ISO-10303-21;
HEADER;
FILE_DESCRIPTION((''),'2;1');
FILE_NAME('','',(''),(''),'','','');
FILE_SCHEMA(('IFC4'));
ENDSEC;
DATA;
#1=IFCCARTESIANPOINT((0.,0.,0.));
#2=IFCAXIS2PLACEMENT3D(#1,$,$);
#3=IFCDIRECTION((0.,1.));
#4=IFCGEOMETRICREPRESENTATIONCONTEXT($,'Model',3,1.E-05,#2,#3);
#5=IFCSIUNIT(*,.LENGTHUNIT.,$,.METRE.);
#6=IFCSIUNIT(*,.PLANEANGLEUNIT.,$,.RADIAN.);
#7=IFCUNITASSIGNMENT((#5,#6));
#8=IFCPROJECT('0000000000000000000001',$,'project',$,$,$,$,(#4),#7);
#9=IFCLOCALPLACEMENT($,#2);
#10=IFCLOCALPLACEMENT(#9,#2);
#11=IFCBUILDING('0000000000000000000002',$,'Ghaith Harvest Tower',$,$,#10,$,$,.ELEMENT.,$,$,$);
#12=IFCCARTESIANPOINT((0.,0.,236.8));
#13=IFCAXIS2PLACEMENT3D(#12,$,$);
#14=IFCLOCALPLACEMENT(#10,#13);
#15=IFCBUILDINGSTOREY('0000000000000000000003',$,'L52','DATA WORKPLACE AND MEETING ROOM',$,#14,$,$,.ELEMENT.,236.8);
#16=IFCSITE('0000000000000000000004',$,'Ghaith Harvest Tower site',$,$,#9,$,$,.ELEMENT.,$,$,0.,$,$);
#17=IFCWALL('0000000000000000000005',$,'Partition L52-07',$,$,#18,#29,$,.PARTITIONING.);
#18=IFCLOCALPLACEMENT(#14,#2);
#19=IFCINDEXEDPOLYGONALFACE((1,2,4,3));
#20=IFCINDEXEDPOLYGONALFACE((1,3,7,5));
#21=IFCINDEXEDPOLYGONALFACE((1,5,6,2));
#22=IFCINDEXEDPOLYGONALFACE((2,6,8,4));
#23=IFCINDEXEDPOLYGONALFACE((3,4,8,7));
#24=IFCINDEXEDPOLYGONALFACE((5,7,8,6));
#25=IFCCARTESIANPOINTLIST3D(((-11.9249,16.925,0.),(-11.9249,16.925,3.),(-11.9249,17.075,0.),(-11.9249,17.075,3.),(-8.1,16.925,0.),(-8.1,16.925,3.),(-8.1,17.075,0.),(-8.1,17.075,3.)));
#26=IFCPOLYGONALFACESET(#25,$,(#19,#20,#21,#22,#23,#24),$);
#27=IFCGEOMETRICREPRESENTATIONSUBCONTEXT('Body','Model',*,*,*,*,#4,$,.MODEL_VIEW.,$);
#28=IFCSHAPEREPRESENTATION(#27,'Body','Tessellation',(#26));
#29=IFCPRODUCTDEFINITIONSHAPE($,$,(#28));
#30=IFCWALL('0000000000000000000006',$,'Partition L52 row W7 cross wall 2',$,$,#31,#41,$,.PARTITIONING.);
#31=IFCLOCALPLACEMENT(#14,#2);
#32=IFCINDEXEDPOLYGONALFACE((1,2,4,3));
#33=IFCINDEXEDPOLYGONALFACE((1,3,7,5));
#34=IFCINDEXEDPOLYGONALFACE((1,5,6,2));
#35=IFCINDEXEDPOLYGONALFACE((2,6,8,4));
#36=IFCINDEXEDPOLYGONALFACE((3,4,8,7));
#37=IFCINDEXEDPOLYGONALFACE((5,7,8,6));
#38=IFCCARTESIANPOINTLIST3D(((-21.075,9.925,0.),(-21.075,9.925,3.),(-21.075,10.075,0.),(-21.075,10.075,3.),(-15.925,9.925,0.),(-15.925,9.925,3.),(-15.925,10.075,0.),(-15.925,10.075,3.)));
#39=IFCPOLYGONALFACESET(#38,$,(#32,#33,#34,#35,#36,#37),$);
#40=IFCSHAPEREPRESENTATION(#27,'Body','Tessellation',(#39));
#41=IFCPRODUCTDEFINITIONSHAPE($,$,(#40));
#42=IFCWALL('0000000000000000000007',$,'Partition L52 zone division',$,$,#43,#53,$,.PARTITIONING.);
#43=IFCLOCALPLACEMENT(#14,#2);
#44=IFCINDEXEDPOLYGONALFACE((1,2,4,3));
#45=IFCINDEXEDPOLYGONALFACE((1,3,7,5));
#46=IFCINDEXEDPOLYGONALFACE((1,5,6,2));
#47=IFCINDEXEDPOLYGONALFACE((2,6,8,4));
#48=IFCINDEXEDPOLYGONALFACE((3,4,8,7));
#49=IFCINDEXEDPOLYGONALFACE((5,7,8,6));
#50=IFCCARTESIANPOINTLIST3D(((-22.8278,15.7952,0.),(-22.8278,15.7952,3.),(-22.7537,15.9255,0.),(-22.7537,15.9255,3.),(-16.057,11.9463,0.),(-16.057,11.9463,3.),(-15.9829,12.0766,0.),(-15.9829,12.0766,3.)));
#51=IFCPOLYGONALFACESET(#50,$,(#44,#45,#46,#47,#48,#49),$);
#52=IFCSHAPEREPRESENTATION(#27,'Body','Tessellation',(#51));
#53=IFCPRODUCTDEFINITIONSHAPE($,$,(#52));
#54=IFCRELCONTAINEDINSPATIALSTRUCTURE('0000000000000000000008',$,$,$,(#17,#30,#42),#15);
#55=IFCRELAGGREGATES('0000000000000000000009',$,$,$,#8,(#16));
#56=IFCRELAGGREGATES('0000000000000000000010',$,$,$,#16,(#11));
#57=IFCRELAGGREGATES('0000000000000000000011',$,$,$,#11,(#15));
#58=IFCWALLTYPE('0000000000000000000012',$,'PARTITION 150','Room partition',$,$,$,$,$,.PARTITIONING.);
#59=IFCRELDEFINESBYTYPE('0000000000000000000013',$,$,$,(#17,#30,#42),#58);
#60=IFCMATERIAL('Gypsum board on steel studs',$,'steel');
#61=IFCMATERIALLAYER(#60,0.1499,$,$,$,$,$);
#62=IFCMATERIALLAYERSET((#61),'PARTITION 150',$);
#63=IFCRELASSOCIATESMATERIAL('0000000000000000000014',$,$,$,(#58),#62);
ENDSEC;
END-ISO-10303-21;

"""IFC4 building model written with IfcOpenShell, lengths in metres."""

from ifc_helpers import new_model, si_unit, direction, frame, frame_2d, origin, place, context, subcontext, project, spatial, rectangle, extrude, material, layer, layer_set, type_object, element, save


model = new_model("IFC4")

# Units and contexts
model_context = context("Model", 3, precision=1e-05, world=origin(), true_north=direction((0.0, 1.0)))
body_context = subcontext(model_context, "Body", "Model", "MODEL_VIEW")
ifc_project = project(units=[si_unit("LENGTHUNIT", "METRE"), si_unit("PLANEANGLEUNIT", "RADIAN")], contexts=[model_context])

# Site, building, storey
site_placement = place(None, origin())
site = spatial("IfcSite", under=ifc_project, at=site_placement, Name="Ghaith Harvest Tower site", CompositionType="ELEMENT", RefElevation=0.0)
building_placement = place(site_placement, origin())
building = spatial("IfcBuilding", under=site, at=building_placement, Name="Ghaith Harvest Tower", CompositionType="ELEMENT")
storey_placement = place(building_placement, frame((0.0, 0.0, 236.8)))
storey = spatial("IfcBuildingStorey", under=building, at=storey_placement, Name="L52", Description="DATA WORKPLACE AND MEETING ROOM", CompositionType="ELEMENT", Elevation=236.8)

# Shared definitions
ifc_material_1 = material(Name="Gypsum board on steel studs", Category="steel")
ifc_layer_1 = layer(ifc_material_1, 0.1499)
ifc_layer_set_1 = layer_set([ifc_layer_1], Name="PARTITION 150")
wall_type = type_object("IfcWallType", Name="PARTITION 150", Description="Room partition", PredefinedType="PARTITIONING", material=ifc_layer_set_1)

# Walls
wall_1_placement = place(storey_placement, frame((-11.925, 17.0, 0.0), z_axis=(0.0, 0.0, 1.0), x_axis=(1.0, 0.0, 0.0)))
element("IfcWall", 1, at=wall_1_placement, inside=storey, type_object=wall_type, Name="Partition L52-07", PredefinedType="PARTITIONING", context=body_context, shape_type="SweptSolid", body=[
    extrude(rectangle(XDim=3.825, YDim=0.1499, at=frame_2d((1.9126, 0.0))), origin(), (0.0, 0.0, 1.0), 3.0),
])
wall_2_placement = place(storey_placement, frame((-15.925, 10.0, 0.0), z_axis=(0.0, 0.0, 1.0), x_axis=(-1.0, 0.0, 0.0)))
element("IfcWall", 2, at=wall_2_placement, inside=storey, type_object=wall_type, Name="Partition L52 row W7 cross wall 2", PredefinedType="PARTITIONING", context=body_context, shape_type="SweptSolid", body=[
    extrude(rectangle(XDim=5.1499, YDim=0.1499, at=frame_2d((2.575, 0.0))), origin(), (0.0, 0.0, 1.0), 3.0),
])
wall_3_placement = place(storey_placement, frame((-16.02, 12.0115, 0.0), z_axis=(0.0, 0.0, 1.0), x_axis=(-0.869354, 0.49419, 0.0)))
element("IfcWall", 3, at=wall_3_placement, inside=storey, type_object=wall_type, Name="Partition L52 zone division", PredefinedType="PARTITIONING", context=body_context, shape_type="SweptSolid", body=[
    extrude(rectangle(XDim=7.7883, YDim=0.1499, at=frame_2d((3.894, 0.0))), origin(), (0.0, 0.0, 1.0), 3.0),
])

save(model, "model.ifc")
